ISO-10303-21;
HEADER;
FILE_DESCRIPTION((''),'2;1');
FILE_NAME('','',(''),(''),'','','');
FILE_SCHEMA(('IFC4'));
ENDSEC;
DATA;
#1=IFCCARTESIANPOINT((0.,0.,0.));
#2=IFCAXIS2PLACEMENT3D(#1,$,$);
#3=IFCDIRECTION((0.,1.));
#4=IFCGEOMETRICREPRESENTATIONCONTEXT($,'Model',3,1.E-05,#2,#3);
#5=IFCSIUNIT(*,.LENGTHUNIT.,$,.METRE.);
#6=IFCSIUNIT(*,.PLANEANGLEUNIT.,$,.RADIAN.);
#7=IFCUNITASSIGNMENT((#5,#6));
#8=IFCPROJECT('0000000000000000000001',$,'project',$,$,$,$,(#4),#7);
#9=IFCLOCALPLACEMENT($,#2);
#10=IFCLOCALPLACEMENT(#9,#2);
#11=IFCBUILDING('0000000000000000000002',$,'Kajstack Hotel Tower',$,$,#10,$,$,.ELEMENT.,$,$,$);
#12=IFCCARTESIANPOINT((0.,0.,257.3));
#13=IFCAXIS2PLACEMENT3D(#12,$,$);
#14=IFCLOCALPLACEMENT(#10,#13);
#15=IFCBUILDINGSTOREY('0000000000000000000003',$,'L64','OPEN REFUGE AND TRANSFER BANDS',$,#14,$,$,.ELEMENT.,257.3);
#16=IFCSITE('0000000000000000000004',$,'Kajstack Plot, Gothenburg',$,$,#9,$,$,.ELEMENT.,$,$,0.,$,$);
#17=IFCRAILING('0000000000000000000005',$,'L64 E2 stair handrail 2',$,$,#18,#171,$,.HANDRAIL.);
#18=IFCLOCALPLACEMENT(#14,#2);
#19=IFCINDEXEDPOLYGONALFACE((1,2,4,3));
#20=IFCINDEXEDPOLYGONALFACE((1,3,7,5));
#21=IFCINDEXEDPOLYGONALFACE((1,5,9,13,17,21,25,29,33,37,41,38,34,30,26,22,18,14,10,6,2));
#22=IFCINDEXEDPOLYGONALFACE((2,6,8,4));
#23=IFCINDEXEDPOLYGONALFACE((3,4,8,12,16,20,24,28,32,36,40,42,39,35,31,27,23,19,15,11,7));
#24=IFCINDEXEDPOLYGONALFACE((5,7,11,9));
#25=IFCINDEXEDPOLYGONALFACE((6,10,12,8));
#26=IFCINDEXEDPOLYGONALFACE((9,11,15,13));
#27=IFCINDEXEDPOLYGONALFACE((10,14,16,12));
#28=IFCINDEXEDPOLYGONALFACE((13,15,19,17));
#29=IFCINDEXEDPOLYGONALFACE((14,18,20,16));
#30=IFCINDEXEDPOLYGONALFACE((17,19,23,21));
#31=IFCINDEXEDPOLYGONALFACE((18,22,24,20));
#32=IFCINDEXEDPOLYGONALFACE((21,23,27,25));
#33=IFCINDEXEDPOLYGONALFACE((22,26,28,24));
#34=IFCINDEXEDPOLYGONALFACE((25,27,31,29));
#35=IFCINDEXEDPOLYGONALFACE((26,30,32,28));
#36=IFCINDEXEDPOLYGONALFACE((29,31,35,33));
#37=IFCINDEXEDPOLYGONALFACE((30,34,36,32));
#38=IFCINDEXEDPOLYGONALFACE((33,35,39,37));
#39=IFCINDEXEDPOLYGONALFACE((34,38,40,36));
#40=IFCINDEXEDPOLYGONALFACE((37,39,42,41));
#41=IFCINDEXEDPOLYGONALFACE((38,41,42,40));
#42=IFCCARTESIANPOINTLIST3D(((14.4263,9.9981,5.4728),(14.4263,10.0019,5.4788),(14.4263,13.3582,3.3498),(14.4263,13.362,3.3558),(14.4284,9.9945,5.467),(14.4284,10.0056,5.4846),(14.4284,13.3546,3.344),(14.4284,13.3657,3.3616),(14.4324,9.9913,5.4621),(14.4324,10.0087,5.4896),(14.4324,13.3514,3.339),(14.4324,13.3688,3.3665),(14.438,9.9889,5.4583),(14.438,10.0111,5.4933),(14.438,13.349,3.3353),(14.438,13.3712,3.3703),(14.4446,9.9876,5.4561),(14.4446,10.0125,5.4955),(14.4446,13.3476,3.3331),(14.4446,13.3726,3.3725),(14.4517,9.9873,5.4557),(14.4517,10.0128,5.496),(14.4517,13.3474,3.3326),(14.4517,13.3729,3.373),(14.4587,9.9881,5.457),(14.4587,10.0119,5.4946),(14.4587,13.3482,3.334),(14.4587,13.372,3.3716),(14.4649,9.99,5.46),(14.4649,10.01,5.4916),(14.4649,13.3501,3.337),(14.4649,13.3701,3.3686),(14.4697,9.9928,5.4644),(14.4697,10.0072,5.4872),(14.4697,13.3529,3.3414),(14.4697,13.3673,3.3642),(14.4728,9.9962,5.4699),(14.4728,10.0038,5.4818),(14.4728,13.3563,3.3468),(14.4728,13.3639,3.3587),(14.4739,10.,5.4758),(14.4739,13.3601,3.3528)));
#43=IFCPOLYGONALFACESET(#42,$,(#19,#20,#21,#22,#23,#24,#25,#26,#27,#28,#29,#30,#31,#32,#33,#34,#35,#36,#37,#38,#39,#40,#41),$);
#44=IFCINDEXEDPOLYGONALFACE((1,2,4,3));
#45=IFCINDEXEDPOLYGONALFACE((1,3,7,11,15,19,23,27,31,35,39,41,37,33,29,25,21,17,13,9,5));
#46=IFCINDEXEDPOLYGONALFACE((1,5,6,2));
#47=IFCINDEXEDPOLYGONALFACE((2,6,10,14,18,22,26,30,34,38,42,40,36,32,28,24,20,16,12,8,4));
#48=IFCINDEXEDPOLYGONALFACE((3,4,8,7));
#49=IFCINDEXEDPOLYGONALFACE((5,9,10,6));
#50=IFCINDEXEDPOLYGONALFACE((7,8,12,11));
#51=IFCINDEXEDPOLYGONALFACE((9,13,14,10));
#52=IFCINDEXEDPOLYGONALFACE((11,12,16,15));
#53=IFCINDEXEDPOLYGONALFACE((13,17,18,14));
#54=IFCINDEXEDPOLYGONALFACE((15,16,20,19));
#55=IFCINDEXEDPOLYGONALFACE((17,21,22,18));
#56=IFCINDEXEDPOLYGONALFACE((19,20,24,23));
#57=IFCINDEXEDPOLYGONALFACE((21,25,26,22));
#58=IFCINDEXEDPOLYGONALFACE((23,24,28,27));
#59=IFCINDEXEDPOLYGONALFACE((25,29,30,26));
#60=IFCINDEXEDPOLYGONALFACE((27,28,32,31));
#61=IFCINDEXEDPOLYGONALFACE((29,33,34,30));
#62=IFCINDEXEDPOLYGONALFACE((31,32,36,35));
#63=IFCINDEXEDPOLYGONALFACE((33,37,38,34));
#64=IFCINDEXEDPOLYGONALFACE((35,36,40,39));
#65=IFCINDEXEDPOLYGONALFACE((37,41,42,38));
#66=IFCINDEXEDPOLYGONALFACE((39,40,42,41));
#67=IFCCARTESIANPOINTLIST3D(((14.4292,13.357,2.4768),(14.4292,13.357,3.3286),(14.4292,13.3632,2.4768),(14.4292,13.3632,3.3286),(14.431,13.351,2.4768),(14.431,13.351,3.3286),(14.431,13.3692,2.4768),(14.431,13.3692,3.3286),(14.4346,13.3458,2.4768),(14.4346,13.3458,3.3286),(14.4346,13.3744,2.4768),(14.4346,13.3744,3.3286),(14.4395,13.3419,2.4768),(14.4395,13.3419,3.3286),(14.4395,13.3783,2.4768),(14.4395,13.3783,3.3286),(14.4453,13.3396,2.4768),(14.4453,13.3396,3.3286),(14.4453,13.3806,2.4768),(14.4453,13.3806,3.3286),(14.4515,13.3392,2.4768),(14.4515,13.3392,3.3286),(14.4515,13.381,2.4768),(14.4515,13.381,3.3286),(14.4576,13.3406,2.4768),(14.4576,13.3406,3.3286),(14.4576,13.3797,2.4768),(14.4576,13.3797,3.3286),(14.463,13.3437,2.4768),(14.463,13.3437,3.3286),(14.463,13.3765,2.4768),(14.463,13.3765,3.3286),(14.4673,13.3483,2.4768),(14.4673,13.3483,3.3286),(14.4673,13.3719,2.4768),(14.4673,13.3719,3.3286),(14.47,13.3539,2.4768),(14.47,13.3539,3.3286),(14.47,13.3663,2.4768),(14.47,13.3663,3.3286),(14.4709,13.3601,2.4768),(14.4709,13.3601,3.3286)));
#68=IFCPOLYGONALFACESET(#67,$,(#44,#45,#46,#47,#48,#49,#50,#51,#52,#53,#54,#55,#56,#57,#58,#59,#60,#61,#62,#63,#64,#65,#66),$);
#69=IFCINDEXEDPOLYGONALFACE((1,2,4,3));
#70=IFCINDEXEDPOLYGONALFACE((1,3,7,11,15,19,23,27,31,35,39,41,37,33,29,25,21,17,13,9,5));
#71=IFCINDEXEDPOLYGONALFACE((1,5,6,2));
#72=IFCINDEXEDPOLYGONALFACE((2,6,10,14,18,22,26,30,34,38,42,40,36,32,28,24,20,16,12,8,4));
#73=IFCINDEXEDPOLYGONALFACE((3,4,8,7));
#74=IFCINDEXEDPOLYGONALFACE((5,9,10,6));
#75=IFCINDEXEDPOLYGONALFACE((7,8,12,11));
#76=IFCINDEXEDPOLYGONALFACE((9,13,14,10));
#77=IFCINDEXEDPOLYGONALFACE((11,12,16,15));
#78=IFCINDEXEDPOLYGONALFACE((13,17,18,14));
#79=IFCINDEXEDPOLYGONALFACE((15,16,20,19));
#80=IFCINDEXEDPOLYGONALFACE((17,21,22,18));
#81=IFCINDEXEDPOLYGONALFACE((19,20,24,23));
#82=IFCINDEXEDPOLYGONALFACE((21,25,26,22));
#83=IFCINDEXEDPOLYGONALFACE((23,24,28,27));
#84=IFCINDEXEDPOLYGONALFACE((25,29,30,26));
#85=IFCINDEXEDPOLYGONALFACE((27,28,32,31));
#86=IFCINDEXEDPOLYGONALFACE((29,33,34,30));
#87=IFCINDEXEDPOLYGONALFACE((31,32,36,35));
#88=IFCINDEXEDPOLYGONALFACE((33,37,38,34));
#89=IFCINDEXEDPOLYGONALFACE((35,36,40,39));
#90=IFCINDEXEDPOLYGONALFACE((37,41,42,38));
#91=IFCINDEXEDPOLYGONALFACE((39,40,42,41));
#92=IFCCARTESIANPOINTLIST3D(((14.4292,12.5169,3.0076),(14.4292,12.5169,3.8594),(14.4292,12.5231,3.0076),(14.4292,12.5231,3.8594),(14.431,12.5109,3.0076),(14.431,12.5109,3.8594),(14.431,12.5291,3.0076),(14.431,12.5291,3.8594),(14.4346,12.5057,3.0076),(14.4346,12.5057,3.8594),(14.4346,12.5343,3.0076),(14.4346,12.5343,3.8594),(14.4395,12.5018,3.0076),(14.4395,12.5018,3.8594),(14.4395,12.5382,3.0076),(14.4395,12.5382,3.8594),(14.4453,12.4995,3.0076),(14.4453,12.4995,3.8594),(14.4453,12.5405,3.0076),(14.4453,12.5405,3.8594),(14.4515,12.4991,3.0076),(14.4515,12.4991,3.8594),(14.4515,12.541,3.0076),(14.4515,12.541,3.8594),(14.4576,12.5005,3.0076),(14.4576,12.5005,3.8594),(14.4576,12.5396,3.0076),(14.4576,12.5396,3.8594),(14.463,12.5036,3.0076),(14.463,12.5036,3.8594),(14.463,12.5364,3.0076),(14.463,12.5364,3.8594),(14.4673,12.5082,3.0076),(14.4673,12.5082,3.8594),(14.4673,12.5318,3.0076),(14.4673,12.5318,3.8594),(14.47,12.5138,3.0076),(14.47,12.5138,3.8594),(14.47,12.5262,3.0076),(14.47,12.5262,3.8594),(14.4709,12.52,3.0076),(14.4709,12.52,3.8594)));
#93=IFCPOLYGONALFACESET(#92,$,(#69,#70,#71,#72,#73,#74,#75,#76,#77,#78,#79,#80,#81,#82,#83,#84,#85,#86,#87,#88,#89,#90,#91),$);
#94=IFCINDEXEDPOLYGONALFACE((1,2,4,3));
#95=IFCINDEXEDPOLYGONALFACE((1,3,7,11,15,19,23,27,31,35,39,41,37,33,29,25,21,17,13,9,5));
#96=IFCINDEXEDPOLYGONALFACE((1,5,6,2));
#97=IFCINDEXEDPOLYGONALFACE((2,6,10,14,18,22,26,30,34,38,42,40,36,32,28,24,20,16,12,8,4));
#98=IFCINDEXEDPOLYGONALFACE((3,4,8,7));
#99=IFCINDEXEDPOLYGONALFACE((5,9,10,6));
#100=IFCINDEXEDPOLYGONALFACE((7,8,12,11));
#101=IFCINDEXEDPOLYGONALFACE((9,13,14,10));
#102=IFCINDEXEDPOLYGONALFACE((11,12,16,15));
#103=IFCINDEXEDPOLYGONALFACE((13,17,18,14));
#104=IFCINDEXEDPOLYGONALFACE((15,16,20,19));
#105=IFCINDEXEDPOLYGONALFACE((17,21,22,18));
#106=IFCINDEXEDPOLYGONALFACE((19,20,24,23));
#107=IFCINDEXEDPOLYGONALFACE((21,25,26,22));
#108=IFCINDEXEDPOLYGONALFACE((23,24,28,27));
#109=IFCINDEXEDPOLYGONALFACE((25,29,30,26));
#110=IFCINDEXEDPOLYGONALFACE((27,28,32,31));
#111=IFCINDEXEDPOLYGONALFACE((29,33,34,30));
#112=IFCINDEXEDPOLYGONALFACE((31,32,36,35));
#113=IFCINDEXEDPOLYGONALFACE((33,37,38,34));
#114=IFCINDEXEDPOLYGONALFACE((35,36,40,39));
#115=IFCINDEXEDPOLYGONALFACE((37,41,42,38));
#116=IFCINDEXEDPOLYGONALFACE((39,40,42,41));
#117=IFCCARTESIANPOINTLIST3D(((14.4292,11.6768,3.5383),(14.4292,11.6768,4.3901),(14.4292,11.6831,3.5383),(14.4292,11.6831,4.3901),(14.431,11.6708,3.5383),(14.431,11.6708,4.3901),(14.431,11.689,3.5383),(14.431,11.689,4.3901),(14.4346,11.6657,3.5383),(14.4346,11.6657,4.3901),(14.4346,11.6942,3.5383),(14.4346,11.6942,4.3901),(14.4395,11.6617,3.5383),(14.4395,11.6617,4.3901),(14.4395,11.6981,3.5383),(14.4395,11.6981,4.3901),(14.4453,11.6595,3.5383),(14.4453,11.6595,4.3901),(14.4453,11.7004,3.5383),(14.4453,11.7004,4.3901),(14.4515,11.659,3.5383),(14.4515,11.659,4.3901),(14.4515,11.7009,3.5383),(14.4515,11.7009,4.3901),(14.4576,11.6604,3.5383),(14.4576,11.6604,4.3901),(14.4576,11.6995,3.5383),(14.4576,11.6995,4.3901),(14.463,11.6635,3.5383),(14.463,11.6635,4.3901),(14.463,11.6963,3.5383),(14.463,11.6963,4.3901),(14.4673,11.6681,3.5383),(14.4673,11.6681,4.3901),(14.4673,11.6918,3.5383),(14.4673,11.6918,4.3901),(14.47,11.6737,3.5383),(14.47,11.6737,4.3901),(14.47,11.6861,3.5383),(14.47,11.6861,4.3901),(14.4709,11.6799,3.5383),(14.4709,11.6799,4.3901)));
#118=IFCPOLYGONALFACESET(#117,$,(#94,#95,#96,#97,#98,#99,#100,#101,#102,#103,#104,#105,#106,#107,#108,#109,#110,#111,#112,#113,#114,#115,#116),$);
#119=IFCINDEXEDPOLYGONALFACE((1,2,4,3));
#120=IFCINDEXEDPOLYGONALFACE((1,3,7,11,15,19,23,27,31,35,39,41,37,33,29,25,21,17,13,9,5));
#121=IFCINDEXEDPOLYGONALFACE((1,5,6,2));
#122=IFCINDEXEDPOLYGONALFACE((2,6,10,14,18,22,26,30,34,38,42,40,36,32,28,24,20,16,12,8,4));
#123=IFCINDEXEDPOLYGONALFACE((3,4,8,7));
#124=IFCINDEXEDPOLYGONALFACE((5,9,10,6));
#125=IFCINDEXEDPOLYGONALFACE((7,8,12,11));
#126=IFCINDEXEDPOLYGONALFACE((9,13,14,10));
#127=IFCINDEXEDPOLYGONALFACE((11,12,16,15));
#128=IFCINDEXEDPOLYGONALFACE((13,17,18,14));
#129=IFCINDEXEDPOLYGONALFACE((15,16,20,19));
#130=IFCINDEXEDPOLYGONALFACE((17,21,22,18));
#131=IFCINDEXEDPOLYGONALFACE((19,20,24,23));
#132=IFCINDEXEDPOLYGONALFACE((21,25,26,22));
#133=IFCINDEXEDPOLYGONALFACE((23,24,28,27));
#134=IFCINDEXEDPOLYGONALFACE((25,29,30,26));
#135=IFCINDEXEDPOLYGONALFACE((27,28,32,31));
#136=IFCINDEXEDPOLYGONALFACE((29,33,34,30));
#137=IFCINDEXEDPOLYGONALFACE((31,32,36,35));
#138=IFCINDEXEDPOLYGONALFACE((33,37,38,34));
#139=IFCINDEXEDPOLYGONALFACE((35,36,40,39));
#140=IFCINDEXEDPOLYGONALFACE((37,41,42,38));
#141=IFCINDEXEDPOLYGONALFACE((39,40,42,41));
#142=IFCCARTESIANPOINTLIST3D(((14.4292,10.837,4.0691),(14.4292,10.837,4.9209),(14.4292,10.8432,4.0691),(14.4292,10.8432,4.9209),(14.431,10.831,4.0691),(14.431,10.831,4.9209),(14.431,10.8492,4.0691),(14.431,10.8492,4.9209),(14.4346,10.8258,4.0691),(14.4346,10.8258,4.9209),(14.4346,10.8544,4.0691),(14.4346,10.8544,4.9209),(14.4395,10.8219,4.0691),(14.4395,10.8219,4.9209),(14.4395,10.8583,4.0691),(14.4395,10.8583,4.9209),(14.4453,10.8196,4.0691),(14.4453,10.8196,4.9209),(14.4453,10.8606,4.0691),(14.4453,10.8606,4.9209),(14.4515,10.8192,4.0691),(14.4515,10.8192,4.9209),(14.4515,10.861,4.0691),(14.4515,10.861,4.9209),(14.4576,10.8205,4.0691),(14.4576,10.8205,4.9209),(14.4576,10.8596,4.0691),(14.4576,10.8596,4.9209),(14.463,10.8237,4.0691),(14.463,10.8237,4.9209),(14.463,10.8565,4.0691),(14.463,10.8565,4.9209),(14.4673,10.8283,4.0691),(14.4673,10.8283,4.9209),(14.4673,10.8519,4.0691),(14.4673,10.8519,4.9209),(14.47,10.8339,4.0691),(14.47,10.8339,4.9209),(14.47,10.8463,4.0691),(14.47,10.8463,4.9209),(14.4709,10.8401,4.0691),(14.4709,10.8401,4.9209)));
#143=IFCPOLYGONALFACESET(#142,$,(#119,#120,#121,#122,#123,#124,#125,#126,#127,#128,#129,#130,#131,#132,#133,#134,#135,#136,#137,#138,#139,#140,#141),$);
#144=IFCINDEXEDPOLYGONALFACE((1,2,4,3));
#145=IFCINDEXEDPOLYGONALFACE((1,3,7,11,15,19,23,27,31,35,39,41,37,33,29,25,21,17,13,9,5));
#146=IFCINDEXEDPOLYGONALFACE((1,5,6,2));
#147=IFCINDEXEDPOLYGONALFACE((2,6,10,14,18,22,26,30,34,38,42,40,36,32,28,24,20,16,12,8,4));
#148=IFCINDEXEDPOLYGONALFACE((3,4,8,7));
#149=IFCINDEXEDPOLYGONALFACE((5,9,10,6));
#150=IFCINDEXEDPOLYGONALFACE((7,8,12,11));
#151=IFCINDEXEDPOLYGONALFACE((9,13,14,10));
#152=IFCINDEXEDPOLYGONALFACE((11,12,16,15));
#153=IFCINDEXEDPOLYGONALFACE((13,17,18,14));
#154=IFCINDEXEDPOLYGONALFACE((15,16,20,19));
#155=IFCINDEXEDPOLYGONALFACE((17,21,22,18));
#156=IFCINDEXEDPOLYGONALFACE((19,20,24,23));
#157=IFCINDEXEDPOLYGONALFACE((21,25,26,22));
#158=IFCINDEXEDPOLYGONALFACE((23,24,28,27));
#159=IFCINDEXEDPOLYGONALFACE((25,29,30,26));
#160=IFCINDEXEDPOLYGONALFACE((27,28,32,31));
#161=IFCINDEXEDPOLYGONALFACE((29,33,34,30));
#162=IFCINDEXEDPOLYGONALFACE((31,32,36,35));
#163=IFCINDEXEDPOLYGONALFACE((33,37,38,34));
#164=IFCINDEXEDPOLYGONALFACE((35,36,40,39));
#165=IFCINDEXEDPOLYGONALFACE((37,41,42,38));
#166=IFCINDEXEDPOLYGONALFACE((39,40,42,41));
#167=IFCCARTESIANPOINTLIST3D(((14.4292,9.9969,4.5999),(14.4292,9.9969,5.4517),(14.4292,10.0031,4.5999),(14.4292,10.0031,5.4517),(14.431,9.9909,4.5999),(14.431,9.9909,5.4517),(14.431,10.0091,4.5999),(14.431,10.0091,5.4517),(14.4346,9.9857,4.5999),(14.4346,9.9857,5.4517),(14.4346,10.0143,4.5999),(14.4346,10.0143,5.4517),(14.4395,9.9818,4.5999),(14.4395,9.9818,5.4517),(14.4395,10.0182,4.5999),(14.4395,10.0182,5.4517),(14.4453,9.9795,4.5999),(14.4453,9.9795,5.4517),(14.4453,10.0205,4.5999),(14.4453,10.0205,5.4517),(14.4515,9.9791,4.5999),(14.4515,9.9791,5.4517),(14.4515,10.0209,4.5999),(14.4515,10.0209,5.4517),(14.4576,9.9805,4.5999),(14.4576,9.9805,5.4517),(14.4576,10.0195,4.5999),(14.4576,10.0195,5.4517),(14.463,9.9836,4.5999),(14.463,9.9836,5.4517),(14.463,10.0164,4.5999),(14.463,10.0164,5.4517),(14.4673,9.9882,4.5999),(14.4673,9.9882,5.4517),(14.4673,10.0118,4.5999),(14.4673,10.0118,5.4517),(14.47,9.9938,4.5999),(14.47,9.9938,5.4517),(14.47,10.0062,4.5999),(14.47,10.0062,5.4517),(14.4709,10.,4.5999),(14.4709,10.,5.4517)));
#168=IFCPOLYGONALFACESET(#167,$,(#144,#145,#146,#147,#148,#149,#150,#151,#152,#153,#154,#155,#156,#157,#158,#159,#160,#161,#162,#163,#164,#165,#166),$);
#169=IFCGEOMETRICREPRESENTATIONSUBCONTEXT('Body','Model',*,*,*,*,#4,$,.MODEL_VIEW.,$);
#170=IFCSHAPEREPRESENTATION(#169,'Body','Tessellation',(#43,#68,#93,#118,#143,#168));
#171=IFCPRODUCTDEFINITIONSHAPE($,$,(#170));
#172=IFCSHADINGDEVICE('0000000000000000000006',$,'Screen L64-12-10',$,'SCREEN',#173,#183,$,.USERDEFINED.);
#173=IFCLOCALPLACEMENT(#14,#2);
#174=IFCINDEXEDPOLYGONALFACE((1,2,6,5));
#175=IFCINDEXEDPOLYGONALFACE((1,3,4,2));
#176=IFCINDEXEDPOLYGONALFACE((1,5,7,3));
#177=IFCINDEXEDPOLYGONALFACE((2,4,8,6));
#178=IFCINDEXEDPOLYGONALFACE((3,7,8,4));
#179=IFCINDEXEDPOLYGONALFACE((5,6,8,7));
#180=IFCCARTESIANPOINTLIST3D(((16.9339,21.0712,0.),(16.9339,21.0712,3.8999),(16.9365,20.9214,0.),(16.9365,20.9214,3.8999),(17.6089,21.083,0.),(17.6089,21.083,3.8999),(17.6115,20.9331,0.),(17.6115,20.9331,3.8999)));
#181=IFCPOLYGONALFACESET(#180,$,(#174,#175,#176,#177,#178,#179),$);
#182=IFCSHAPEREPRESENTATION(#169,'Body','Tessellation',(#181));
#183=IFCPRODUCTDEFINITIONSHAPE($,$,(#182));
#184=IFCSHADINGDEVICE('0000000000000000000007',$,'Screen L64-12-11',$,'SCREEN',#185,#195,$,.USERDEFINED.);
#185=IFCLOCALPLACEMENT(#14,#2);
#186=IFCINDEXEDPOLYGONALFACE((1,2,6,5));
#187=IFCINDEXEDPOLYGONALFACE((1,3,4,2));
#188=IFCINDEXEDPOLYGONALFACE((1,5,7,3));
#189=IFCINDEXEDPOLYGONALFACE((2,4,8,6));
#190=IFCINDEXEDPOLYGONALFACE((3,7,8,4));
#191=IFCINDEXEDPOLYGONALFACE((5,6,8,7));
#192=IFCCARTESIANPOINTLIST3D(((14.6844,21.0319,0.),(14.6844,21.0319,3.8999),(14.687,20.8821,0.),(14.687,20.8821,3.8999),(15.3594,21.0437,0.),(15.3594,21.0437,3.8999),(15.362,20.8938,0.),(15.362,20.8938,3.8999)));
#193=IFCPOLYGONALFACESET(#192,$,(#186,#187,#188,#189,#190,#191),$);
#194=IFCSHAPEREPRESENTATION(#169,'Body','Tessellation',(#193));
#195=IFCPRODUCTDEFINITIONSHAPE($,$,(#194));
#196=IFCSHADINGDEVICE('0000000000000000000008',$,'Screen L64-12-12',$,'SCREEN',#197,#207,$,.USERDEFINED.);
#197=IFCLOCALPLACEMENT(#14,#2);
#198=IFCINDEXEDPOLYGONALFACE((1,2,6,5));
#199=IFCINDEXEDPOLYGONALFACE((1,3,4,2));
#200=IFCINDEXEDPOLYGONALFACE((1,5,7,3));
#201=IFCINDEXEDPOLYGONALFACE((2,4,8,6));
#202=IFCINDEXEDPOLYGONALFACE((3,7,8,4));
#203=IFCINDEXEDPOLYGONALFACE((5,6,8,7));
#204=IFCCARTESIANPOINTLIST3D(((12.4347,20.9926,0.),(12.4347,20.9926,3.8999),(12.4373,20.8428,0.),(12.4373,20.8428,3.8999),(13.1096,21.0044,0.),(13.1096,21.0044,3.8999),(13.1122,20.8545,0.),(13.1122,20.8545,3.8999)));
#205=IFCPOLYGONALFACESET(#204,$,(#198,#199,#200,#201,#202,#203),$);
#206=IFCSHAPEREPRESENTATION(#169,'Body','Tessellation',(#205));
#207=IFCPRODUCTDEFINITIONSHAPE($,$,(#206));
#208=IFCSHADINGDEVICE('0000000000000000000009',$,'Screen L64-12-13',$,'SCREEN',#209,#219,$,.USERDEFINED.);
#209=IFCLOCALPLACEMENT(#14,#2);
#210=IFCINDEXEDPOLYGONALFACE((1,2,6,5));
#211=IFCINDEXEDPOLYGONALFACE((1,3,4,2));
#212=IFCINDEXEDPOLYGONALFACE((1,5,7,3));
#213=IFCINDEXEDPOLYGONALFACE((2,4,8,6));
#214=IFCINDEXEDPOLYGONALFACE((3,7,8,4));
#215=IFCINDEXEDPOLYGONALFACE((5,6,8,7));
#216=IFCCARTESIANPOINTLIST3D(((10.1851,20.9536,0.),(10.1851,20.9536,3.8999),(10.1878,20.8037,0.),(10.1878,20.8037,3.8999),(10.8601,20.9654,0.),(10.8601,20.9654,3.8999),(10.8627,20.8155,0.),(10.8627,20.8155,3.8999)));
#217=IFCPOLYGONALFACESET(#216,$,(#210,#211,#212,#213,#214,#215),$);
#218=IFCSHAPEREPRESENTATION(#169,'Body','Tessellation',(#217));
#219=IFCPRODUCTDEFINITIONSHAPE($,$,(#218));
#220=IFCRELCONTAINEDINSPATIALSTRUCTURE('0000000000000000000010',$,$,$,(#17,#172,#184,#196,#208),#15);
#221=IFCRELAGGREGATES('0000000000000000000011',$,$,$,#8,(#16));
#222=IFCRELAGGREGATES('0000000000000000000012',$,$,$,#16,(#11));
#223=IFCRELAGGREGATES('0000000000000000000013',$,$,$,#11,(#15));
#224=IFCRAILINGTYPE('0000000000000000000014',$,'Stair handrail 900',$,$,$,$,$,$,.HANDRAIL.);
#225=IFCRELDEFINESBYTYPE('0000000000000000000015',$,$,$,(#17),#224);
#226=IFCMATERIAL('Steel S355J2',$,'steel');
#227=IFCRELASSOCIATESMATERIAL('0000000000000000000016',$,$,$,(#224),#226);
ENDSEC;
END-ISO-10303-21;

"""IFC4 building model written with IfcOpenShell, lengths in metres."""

from ifc_helpers import new_model, si_unit, direction, frame, origin, origin_2d, place, context, subcontext, project, spatial, rectangle, circle, extrude, material, type_object, element, save


model = new_model("IFC4")

# Units and contexts
model_context = context("Model", 3, precision=1e-05, world=origin(), true_north=direction((0.0, 1.0)))
body_context = subcontext(model_context, "Body", "Model", "MODEL_VIEW")
ifc_project = project(units=[si_unit("LENGTHUNIT", "METRE"), si_unit("PLANEANGLEUNIT", "RADIAN")], contexts=[model_context])

# Site, building, storey
site_placement = place(None, origin())
site = spatial("IfcSite", under=ifc_project, at=site_placement, Name="Kajstack Plot, Gothenburg", CompositionType="ELEMENT", RefElevation=0.0)
building_placement = place(site_placement, origin())
building = spatial("IfcBuilding", under=site, at=building_placement, Name="Kajstack Hotel Tower", CompositionType="ELEMENT")
storey_placement = place(building_placement, frame((0.0, 0.0, 257.3)))
storey = spatial("IfcBuildingStorey", under=building, at=storey_placement, Name="L64", Description="OPEN REFUGE AND TRANSFER BANDS", CompositionType="ELEMENT", Elevation=257.3)

# Shared definitions
ifc_material_1 = material(Name="Steel S355J2", Category="steel")

# Railing
railing_type = type_object("IfcRailingType", Name="Stair handrail 900", PredefinedType="HANDRAIL", material=ifc_material_1)
railing_placement = place(storey_placement, frame((14.45, 13.3601, 2.4768)))
element("IfcRailing", 1, at=railing_placement, inside=storey, type_object=railing_type, Name="L64 E2 stair handrail 2", PredefinedType="HANDRAIL", context=body_context, shape_type="SweptSolid", body=[
    extrude(circle(Radius=0.0239, at=origin_2d()), frame((0.0, 0.0, 0.876), z_axis=(0.0, -0.84539, 0.53415), x_axis=(1.0, 0.0, 0.0)), (0.0, 0.0, 1.0), 3.9746),
    extrude(circle(Radius=0.021, at=origin_2d()), origin(), (0.0, 0.0, 1.0), 0.8518),
    extrude(circle(Radius=0.021, at=origin_2d()), frame((0.0, -0.8401, 0.5308)), (0.0, 0.0, 1.0), 0.8518),
    extrude(circle(Radius=0.021, at=origin_2d()), frame((0.0, -1.6802, 1.0615)), (0.0, 0.0, 1.0), 0.8518),
    extrude(circle(Radius=0.021, at=origin_2d()), frame((0.0, -2.52, 1.5923)), (0.0, 0.0, 1.0), 0.8518),
    extrude(circle(Radius=0.021, at=origin_2d()), frame((0.0, -3.3601, 2.123)), (0.0, 0.0, 1.0), 0.8518),
])

# Shading devices
for number, where, z_axis, x_axis, name in (
    (2, (17.2727, 21.0022, 0.0), (0.0, 0.0, 1.0), (-0.999848, -0.017453, 0.0), "Screen L64-12-10"),
    (3, (15.0232, 20.9629, 0.0), (0.0, 0.0, 1.0), (-0.999848, -0.017453, 0.0), "Screen L64-12-11"),
    (4, (12.7734, 20.9236, 0.0), (0.0, 0.0, 1.0), (-0.999848, -0.017453, 0.0), "Screen L64-12-12"),
    (5, (10.5239, 20.8845, 0.0), (0.0, 0.0, 1.0), (-0.999848, -0.017453, 0.0), "Screen L64-12-13"),
):
    element("IfcShadingDevice", number, at=place(storey_placement, frame(where, z_axis=z_axis, x_axis=x_axis)), inside=storey, Name=name, ObjectType="SCREEN", PredefinedType="USERDEFINED", context=body_context, shape_type="SweptSolid", body=[
        extrude(rectangle(XDim=0.675, YDim=0.1499, at=origin_2d()), origin(), (0.0, 0.0, 1.0), 3.8999),
    ])

save(model, "model.ifc")
